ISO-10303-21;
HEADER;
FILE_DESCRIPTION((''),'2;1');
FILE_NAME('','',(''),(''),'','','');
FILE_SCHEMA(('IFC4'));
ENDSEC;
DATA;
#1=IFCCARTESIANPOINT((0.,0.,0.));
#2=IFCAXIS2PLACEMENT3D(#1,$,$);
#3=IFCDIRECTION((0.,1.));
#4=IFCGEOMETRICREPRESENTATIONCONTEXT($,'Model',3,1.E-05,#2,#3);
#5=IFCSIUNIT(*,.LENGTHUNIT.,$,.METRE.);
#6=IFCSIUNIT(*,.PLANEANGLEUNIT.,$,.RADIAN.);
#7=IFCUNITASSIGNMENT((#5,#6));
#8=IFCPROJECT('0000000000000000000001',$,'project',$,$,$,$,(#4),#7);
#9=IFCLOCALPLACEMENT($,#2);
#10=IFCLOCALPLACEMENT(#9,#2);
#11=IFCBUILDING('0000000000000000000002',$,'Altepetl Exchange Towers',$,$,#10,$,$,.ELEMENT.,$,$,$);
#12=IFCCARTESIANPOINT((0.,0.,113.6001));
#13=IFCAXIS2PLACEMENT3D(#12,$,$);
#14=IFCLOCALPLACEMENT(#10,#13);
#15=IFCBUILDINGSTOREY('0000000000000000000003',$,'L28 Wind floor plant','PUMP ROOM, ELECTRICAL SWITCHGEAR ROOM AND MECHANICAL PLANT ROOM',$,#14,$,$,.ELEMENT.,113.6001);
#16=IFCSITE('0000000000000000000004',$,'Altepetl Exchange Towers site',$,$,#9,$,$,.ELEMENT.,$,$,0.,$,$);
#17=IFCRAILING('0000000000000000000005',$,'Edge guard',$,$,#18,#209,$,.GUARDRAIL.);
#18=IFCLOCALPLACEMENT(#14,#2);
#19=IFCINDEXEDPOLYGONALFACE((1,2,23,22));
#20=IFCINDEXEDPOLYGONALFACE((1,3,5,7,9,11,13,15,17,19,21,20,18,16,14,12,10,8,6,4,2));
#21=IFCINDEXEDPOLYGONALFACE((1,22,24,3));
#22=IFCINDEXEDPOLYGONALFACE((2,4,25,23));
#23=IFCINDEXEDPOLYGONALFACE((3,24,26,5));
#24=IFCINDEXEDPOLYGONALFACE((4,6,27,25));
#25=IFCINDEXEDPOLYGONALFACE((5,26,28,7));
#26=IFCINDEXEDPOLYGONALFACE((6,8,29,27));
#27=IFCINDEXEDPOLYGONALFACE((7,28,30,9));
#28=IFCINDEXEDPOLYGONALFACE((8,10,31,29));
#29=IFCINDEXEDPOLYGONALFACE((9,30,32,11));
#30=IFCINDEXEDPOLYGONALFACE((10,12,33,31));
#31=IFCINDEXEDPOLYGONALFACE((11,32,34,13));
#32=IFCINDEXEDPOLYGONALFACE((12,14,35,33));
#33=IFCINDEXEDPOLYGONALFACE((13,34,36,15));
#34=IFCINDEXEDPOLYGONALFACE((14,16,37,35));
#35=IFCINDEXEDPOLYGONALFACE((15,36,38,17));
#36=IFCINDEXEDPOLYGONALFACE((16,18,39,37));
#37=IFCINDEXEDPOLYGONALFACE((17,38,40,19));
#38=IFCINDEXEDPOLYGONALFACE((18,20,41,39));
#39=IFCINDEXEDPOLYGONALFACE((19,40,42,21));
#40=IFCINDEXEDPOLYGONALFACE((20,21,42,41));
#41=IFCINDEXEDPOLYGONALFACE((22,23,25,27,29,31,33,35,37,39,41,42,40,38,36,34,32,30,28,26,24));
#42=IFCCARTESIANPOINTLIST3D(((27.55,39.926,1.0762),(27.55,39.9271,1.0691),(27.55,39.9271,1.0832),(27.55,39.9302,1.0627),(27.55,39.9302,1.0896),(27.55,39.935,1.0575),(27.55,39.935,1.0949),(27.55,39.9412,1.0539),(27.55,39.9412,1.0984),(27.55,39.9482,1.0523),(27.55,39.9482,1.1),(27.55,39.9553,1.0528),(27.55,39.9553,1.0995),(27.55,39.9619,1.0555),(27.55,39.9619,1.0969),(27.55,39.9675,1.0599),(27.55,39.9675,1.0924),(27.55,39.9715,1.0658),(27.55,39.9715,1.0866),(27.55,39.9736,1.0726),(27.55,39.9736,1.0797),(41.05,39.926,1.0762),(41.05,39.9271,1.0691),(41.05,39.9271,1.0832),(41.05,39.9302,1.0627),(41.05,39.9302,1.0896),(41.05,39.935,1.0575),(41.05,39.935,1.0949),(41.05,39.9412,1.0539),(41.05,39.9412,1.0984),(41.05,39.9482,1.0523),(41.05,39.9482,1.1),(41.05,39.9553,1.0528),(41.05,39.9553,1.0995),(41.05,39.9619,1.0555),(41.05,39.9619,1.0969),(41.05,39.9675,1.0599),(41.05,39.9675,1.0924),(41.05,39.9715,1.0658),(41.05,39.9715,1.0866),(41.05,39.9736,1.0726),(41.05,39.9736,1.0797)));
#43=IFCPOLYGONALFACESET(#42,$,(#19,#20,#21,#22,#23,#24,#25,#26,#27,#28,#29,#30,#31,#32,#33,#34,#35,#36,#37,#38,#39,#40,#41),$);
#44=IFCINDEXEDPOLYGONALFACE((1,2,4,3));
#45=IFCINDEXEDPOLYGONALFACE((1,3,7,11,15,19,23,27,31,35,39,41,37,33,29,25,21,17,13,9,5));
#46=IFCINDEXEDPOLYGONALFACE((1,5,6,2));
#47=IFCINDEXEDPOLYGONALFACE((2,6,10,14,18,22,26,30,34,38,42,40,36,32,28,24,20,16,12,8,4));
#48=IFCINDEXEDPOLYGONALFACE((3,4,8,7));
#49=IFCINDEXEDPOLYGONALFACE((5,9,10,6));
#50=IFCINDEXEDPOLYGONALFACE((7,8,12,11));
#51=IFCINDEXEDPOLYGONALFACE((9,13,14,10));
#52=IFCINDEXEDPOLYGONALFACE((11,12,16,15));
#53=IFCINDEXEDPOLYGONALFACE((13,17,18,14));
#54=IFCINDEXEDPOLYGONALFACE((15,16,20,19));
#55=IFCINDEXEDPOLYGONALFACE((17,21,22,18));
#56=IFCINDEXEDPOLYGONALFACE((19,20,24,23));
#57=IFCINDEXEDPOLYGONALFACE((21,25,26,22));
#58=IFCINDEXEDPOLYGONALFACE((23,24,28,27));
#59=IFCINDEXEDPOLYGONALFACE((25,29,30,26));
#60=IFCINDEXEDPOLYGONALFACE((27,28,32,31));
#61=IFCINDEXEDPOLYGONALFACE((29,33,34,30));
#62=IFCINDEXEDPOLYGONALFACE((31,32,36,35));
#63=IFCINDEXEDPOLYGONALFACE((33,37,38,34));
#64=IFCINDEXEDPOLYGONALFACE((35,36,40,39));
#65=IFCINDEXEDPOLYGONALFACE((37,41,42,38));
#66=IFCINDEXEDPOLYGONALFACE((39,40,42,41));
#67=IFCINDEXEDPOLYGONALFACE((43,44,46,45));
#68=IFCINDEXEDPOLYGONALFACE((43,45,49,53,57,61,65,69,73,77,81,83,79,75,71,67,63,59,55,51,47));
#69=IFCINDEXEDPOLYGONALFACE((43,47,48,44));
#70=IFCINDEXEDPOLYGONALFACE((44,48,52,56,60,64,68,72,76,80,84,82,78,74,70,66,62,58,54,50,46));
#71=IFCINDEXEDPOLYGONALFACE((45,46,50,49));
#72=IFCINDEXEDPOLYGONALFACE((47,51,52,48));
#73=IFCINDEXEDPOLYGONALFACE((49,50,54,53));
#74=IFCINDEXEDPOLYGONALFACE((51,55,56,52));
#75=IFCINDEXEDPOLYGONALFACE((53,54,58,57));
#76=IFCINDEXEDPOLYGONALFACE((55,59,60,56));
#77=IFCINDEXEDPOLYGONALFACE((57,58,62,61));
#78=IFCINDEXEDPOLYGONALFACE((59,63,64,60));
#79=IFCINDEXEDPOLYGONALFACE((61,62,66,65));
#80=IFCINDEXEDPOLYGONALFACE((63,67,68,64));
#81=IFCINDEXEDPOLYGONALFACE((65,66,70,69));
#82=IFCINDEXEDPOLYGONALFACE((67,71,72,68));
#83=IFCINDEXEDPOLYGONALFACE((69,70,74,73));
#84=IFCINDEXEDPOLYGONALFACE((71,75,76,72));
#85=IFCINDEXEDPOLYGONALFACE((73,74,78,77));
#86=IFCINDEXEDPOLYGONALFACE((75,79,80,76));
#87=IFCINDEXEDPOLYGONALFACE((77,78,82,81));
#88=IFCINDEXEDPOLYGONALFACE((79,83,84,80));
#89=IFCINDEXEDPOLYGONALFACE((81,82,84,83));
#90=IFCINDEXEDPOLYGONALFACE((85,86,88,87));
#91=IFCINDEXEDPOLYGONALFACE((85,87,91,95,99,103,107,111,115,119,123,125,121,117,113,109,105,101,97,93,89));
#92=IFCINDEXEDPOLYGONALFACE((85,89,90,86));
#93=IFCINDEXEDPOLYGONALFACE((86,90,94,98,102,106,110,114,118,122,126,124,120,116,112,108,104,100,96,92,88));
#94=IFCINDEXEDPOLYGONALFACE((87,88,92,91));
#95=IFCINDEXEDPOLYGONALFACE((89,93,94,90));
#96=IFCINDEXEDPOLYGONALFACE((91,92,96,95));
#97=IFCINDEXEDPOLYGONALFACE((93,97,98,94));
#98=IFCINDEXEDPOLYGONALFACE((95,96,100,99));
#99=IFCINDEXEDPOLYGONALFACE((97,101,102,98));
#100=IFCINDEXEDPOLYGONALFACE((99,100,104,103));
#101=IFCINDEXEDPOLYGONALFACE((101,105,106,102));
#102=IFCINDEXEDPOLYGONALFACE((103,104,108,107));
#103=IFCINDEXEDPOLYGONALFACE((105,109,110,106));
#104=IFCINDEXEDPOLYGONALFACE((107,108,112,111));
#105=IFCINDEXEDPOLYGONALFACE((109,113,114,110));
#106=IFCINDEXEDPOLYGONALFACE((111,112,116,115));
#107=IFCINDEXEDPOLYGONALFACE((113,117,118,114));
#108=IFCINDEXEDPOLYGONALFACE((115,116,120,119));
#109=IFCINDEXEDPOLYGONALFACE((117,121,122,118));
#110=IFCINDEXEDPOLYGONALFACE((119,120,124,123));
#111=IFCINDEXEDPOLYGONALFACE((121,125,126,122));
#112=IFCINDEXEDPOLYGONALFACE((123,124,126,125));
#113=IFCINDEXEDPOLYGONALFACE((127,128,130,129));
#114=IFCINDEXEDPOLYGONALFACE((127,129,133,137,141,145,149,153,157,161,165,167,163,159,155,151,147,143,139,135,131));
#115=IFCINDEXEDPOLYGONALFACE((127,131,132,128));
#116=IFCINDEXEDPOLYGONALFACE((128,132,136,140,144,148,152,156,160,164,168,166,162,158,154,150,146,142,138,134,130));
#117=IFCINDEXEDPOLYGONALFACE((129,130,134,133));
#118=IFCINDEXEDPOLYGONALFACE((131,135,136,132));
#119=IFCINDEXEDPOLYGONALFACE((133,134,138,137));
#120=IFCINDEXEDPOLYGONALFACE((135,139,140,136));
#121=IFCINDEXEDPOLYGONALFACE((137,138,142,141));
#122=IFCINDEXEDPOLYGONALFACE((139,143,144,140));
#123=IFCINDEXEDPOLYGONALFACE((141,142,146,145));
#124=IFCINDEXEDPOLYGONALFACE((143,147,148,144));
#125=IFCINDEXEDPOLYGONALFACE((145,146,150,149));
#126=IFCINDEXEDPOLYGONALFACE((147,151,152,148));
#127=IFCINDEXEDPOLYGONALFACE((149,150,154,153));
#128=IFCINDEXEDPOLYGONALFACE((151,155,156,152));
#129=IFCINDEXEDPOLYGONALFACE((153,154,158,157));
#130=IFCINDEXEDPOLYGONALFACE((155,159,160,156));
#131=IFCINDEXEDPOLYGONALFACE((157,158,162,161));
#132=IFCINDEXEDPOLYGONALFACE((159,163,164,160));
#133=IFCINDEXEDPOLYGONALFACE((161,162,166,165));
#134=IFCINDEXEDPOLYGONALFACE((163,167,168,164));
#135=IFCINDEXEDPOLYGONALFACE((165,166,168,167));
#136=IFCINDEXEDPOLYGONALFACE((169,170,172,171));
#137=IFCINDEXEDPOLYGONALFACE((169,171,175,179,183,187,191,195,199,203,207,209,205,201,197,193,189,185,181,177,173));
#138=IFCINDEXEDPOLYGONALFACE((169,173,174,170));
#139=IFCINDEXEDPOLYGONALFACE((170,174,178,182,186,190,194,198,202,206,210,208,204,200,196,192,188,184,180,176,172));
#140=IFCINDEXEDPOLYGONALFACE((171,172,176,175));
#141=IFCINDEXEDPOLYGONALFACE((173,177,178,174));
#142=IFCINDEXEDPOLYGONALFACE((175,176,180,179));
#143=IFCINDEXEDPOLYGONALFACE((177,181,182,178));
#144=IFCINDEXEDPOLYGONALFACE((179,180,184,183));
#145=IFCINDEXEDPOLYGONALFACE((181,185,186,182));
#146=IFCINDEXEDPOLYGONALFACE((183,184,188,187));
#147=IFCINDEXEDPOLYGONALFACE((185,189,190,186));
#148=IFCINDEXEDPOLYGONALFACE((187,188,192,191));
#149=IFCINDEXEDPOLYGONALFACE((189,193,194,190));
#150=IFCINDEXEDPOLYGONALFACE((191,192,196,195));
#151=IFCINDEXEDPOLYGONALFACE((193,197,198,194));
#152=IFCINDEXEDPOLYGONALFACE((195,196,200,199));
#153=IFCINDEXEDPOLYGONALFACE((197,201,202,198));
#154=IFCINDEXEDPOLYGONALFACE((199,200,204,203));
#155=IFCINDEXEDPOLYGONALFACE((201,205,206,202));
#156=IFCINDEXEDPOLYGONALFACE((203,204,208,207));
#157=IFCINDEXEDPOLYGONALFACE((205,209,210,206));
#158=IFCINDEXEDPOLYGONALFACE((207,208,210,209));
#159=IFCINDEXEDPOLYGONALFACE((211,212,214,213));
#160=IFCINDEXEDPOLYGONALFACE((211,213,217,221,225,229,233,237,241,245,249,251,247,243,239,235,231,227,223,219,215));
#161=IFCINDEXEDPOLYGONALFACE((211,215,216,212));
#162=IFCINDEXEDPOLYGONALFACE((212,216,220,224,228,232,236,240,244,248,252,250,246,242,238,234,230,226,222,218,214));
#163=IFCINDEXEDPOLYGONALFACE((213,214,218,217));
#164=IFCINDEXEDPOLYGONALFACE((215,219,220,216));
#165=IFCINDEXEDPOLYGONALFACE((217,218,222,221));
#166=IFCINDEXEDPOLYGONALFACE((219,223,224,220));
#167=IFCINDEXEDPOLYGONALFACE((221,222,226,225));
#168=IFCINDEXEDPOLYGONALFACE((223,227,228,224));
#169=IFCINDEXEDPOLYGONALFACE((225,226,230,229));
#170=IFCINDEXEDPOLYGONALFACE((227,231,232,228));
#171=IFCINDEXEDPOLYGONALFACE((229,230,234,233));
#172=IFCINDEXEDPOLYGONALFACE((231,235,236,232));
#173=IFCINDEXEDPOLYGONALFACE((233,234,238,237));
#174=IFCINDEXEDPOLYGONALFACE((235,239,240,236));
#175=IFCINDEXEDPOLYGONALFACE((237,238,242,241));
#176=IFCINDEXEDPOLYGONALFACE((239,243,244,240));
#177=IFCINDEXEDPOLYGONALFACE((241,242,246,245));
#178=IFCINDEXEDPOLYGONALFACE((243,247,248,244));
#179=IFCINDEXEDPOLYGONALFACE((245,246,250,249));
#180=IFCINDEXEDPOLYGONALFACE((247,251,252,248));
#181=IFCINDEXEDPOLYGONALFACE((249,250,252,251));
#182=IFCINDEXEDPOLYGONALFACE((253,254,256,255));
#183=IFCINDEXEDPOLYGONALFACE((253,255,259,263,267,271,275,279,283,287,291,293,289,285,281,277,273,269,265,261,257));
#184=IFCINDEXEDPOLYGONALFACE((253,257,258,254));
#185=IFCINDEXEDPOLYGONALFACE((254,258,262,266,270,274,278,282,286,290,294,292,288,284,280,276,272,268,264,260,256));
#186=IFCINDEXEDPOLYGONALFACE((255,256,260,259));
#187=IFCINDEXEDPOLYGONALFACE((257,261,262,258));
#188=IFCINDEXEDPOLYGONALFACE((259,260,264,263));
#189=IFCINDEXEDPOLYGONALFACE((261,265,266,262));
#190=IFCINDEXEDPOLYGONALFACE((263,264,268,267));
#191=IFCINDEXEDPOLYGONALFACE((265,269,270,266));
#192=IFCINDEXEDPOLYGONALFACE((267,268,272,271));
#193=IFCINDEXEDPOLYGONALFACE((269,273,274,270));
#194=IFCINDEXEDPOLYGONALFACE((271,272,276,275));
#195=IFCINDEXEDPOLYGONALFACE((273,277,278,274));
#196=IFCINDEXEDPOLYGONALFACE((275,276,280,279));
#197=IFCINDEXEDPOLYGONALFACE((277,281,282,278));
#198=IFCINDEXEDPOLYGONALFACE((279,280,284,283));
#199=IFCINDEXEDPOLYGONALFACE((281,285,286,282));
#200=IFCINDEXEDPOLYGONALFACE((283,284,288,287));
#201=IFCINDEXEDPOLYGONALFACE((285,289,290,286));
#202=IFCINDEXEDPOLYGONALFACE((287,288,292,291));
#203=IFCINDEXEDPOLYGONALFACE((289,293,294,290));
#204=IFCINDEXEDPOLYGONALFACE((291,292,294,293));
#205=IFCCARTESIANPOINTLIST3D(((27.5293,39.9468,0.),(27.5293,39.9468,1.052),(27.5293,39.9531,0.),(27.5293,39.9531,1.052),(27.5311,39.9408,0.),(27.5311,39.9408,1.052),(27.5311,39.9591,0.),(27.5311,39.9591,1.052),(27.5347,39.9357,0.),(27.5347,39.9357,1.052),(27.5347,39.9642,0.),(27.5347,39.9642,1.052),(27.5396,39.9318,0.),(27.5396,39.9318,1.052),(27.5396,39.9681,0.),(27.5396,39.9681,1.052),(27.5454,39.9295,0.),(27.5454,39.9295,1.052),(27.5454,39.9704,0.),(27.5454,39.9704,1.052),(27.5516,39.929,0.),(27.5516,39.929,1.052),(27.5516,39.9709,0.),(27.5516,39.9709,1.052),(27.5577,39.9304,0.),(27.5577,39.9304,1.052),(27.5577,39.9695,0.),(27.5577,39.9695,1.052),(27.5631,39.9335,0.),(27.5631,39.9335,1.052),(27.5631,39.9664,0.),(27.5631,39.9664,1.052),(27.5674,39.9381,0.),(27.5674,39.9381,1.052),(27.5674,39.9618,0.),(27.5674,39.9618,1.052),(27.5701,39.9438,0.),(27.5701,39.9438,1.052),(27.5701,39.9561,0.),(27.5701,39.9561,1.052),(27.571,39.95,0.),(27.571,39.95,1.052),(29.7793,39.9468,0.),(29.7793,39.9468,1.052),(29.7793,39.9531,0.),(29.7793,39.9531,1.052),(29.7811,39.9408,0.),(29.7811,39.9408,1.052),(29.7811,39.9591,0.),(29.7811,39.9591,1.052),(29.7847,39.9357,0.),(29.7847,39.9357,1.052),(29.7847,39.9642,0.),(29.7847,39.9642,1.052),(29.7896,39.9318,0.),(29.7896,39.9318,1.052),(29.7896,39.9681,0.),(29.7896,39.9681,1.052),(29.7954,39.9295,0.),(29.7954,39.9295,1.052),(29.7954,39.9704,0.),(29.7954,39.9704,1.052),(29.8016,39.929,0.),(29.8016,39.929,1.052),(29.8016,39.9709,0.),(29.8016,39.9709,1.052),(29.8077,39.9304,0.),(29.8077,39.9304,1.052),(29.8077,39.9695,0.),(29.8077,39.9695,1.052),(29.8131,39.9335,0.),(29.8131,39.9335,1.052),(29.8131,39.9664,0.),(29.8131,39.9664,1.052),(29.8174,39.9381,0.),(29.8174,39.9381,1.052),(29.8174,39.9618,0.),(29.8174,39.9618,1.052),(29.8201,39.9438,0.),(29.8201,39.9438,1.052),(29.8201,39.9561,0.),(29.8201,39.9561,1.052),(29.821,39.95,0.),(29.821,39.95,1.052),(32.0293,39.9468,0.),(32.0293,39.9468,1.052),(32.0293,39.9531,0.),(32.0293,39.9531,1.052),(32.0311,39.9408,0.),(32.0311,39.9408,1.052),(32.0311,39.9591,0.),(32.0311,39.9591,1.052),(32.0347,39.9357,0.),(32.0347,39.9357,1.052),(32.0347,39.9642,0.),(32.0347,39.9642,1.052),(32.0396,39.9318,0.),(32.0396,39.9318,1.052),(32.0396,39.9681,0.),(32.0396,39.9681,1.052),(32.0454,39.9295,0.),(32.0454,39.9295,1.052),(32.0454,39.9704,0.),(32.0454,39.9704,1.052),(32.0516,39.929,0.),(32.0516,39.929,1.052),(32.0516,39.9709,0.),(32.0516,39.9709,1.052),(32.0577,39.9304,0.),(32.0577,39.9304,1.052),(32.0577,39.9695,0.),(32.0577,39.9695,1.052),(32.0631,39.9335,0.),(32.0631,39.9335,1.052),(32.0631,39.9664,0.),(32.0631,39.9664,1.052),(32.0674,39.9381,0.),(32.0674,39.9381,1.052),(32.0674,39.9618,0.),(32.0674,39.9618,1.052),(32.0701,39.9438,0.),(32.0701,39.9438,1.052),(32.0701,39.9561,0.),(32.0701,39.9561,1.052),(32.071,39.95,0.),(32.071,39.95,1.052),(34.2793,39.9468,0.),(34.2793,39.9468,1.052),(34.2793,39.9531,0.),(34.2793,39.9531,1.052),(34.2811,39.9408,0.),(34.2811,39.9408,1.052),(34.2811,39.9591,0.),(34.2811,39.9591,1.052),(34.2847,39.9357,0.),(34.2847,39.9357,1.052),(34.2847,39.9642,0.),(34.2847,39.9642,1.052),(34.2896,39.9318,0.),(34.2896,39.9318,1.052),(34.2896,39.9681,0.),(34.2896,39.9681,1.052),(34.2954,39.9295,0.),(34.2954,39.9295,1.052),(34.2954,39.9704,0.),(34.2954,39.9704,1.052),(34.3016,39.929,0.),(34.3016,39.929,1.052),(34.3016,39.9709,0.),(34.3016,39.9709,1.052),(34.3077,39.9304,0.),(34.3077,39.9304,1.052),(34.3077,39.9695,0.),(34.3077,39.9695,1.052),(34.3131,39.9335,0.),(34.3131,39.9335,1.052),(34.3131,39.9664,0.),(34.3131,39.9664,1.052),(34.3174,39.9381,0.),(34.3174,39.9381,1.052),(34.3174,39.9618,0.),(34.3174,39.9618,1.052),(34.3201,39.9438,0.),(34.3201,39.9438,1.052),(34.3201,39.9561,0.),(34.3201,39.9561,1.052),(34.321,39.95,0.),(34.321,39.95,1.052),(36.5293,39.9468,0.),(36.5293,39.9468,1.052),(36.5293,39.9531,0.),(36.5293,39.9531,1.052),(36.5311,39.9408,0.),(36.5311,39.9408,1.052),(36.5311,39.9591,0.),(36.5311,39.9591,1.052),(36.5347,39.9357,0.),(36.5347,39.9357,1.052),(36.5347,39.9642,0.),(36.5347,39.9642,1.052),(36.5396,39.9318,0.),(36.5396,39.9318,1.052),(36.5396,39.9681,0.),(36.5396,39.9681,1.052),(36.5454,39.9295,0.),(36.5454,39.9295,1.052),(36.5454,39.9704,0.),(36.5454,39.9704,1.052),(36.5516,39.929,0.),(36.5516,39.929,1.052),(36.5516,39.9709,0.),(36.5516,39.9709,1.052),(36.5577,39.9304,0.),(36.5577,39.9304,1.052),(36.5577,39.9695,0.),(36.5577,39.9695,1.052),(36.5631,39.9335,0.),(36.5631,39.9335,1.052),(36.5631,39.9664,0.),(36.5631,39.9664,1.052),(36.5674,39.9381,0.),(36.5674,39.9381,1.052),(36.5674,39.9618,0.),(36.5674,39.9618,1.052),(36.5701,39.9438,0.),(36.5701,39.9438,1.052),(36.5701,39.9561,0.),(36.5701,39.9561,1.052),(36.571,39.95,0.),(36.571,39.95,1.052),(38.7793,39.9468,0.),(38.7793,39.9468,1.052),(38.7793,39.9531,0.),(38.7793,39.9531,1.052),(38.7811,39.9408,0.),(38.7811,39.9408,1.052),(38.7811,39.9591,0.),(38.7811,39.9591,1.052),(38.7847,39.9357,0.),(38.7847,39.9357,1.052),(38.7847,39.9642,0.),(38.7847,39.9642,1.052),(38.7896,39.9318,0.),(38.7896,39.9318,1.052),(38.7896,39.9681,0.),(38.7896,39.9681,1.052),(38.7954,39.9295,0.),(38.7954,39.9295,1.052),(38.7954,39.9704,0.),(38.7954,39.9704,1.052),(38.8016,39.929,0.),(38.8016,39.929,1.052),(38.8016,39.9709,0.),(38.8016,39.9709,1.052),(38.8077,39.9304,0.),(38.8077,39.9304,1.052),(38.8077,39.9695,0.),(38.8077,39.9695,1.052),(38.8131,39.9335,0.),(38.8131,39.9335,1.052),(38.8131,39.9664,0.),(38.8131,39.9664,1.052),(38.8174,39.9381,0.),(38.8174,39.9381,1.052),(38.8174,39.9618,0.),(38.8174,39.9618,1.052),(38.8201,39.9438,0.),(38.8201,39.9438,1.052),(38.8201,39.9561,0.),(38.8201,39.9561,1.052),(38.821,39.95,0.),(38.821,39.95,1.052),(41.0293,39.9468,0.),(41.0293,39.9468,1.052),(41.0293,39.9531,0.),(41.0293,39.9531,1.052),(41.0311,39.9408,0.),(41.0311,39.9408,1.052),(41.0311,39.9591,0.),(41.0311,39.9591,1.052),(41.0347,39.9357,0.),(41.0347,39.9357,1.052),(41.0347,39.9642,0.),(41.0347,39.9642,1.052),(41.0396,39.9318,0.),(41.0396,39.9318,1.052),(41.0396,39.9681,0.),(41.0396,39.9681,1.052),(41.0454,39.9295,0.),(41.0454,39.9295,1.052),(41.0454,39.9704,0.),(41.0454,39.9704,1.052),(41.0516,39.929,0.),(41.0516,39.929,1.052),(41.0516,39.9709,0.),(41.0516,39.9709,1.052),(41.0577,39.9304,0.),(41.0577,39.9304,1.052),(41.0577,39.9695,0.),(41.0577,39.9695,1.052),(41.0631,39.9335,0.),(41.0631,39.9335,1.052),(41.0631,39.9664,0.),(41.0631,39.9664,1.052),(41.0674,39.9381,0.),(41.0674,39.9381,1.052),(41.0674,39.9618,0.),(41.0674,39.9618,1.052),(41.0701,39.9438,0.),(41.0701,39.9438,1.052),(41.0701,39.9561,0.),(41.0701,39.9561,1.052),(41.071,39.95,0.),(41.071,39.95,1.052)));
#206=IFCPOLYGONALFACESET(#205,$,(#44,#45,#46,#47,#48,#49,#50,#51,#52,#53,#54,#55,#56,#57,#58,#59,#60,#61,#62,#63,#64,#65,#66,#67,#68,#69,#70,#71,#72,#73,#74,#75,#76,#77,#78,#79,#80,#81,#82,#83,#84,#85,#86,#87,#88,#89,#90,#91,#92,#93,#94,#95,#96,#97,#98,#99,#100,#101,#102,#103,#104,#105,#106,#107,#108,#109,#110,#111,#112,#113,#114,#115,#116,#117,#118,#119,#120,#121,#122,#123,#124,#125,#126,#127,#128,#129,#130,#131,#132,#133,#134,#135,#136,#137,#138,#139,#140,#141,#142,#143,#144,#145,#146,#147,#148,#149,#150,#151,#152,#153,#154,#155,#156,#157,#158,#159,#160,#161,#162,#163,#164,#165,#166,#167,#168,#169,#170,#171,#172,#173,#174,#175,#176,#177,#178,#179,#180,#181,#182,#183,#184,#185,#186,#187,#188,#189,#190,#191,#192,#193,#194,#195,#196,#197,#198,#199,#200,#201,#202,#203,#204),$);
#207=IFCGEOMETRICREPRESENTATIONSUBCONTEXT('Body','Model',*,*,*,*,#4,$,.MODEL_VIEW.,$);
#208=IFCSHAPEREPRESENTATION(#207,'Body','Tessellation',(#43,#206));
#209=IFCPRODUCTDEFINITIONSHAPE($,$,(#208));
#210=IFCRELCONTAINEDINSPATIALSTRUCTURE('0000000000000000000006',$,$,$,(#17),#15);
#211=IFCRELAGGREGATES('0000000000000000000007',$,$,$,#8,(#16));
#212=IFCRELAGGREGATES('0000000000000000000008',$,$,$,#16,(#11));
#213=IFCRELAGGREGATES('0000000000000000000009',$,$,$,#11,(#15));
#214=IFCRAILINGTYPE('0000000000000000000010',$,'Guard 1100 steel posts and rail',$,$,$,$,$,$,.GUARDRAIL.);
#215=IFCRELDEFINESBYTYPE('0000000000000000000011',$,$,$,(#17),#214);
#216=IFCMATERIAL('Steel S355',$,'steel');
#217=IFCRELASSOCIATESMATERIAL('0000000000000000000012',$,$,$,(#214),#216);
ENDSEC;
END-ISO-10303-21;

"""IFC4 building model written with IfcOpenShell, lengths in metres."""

from ifc_helpers import new_model, si_unit, direction, frame, origin, origin_2d, place, context, subcontext, project, spatial, circle, extrude, source, transform, mapped, material, type_object, element, save


model = new_model("IFC4")

# Units and contexts
model_context = context("Model", 3, precision=1e-05, world=origin(), true_north=direction((0.0, 1.0)))
body_context = subcontext(model_context, "Body", "Model", "MODEL_VIEW")
ifc_project = project(units=[si_unit("LENGTHUNIT", "METRE"), si_unit("PLANEANGLEUNIT", "RADIAN")], contexts=[model_context])

# Site, building, storey
site_placement = place(None, origin())
site = spatial("IfcSite", under=ifc_project, at=site_placement, Name="Altepetl Exchange Towers site", CompositionType="ELEMENT", RefElevation=0.0)
building_placement = place(site_placement, origin())
building = spatial("IfcBuilding", under=site, at=building_placement, Name="Altepetl Exchange Towers", CompositionType="ELEMENT")
storey_placement = place(building_placement, frame((0.0, 0.0, 113.6001)))
storey = spatial("IfcBuildingStorey", under=building, at=storey_placement, Name="L28 Wind floor plant", Description="PUMP ROOM, ELECTRICAL SWITCHGEAR ROOM AND MECHANICAL PLANT ROOM", CompositionType="ELEMENT", Elevation=113.6001)

# Shared definitions
ifc_material_1 = material(Name="Steel S355", Category="steel")

# Railing
railing_type = type_object("IfcRailingType", Name="Guard 1100 steel posts and rail", PredefinedType="GUARDRAIL", material=ifc_material_1)
shared_shape = source(origin(), body_context, "Body", "SweptSolid", [
    extrude(circle(Radius=0.021, at=origin_2d()), origin(), (0.0, 0.0, 1.0), 1.052),
])
railing_placement = place(storey_placement, frame((41.05, 39.95, 0.0)))
element("IfcRailing", 1, at=railing_placement, inside=storey, type_object=railing_type, Name="Edge guard", PredefinedType="GUARDRAIL", context=body_context, shape_type="SweptSolid", body=[
    extrude(circle(Radius=0.0239, at=origin_2d()), frame((0.0, 0.0, 1.0762), z_axis=(-1.0, 0.0, 0.0), x_axis=(0.0, -1.0, 0.0)), (0.0, 0.0, 1.0), 13.5),
    mapped(shared_shape, transform((0.0, 0.0, 0.0))),
    mapped(shared_shape, transform((-2.25, 0.0, 0.0))),
    mapped(shared_shape, transform((-4.5, 0.0, 0.0))),
    mapped(shared_shape, transform((-6.75, 0.0, 0.0))),
    mapped(shared_shape, transform((-9.0, 0.0, 0.0))),
    mapped(shared_shape, transform((-11.25, 0.0, 0.0))),
    mapped(shared_shape, transform((-13.5, 0.0, 0.0))),
])

save(model, "model.ifc")
